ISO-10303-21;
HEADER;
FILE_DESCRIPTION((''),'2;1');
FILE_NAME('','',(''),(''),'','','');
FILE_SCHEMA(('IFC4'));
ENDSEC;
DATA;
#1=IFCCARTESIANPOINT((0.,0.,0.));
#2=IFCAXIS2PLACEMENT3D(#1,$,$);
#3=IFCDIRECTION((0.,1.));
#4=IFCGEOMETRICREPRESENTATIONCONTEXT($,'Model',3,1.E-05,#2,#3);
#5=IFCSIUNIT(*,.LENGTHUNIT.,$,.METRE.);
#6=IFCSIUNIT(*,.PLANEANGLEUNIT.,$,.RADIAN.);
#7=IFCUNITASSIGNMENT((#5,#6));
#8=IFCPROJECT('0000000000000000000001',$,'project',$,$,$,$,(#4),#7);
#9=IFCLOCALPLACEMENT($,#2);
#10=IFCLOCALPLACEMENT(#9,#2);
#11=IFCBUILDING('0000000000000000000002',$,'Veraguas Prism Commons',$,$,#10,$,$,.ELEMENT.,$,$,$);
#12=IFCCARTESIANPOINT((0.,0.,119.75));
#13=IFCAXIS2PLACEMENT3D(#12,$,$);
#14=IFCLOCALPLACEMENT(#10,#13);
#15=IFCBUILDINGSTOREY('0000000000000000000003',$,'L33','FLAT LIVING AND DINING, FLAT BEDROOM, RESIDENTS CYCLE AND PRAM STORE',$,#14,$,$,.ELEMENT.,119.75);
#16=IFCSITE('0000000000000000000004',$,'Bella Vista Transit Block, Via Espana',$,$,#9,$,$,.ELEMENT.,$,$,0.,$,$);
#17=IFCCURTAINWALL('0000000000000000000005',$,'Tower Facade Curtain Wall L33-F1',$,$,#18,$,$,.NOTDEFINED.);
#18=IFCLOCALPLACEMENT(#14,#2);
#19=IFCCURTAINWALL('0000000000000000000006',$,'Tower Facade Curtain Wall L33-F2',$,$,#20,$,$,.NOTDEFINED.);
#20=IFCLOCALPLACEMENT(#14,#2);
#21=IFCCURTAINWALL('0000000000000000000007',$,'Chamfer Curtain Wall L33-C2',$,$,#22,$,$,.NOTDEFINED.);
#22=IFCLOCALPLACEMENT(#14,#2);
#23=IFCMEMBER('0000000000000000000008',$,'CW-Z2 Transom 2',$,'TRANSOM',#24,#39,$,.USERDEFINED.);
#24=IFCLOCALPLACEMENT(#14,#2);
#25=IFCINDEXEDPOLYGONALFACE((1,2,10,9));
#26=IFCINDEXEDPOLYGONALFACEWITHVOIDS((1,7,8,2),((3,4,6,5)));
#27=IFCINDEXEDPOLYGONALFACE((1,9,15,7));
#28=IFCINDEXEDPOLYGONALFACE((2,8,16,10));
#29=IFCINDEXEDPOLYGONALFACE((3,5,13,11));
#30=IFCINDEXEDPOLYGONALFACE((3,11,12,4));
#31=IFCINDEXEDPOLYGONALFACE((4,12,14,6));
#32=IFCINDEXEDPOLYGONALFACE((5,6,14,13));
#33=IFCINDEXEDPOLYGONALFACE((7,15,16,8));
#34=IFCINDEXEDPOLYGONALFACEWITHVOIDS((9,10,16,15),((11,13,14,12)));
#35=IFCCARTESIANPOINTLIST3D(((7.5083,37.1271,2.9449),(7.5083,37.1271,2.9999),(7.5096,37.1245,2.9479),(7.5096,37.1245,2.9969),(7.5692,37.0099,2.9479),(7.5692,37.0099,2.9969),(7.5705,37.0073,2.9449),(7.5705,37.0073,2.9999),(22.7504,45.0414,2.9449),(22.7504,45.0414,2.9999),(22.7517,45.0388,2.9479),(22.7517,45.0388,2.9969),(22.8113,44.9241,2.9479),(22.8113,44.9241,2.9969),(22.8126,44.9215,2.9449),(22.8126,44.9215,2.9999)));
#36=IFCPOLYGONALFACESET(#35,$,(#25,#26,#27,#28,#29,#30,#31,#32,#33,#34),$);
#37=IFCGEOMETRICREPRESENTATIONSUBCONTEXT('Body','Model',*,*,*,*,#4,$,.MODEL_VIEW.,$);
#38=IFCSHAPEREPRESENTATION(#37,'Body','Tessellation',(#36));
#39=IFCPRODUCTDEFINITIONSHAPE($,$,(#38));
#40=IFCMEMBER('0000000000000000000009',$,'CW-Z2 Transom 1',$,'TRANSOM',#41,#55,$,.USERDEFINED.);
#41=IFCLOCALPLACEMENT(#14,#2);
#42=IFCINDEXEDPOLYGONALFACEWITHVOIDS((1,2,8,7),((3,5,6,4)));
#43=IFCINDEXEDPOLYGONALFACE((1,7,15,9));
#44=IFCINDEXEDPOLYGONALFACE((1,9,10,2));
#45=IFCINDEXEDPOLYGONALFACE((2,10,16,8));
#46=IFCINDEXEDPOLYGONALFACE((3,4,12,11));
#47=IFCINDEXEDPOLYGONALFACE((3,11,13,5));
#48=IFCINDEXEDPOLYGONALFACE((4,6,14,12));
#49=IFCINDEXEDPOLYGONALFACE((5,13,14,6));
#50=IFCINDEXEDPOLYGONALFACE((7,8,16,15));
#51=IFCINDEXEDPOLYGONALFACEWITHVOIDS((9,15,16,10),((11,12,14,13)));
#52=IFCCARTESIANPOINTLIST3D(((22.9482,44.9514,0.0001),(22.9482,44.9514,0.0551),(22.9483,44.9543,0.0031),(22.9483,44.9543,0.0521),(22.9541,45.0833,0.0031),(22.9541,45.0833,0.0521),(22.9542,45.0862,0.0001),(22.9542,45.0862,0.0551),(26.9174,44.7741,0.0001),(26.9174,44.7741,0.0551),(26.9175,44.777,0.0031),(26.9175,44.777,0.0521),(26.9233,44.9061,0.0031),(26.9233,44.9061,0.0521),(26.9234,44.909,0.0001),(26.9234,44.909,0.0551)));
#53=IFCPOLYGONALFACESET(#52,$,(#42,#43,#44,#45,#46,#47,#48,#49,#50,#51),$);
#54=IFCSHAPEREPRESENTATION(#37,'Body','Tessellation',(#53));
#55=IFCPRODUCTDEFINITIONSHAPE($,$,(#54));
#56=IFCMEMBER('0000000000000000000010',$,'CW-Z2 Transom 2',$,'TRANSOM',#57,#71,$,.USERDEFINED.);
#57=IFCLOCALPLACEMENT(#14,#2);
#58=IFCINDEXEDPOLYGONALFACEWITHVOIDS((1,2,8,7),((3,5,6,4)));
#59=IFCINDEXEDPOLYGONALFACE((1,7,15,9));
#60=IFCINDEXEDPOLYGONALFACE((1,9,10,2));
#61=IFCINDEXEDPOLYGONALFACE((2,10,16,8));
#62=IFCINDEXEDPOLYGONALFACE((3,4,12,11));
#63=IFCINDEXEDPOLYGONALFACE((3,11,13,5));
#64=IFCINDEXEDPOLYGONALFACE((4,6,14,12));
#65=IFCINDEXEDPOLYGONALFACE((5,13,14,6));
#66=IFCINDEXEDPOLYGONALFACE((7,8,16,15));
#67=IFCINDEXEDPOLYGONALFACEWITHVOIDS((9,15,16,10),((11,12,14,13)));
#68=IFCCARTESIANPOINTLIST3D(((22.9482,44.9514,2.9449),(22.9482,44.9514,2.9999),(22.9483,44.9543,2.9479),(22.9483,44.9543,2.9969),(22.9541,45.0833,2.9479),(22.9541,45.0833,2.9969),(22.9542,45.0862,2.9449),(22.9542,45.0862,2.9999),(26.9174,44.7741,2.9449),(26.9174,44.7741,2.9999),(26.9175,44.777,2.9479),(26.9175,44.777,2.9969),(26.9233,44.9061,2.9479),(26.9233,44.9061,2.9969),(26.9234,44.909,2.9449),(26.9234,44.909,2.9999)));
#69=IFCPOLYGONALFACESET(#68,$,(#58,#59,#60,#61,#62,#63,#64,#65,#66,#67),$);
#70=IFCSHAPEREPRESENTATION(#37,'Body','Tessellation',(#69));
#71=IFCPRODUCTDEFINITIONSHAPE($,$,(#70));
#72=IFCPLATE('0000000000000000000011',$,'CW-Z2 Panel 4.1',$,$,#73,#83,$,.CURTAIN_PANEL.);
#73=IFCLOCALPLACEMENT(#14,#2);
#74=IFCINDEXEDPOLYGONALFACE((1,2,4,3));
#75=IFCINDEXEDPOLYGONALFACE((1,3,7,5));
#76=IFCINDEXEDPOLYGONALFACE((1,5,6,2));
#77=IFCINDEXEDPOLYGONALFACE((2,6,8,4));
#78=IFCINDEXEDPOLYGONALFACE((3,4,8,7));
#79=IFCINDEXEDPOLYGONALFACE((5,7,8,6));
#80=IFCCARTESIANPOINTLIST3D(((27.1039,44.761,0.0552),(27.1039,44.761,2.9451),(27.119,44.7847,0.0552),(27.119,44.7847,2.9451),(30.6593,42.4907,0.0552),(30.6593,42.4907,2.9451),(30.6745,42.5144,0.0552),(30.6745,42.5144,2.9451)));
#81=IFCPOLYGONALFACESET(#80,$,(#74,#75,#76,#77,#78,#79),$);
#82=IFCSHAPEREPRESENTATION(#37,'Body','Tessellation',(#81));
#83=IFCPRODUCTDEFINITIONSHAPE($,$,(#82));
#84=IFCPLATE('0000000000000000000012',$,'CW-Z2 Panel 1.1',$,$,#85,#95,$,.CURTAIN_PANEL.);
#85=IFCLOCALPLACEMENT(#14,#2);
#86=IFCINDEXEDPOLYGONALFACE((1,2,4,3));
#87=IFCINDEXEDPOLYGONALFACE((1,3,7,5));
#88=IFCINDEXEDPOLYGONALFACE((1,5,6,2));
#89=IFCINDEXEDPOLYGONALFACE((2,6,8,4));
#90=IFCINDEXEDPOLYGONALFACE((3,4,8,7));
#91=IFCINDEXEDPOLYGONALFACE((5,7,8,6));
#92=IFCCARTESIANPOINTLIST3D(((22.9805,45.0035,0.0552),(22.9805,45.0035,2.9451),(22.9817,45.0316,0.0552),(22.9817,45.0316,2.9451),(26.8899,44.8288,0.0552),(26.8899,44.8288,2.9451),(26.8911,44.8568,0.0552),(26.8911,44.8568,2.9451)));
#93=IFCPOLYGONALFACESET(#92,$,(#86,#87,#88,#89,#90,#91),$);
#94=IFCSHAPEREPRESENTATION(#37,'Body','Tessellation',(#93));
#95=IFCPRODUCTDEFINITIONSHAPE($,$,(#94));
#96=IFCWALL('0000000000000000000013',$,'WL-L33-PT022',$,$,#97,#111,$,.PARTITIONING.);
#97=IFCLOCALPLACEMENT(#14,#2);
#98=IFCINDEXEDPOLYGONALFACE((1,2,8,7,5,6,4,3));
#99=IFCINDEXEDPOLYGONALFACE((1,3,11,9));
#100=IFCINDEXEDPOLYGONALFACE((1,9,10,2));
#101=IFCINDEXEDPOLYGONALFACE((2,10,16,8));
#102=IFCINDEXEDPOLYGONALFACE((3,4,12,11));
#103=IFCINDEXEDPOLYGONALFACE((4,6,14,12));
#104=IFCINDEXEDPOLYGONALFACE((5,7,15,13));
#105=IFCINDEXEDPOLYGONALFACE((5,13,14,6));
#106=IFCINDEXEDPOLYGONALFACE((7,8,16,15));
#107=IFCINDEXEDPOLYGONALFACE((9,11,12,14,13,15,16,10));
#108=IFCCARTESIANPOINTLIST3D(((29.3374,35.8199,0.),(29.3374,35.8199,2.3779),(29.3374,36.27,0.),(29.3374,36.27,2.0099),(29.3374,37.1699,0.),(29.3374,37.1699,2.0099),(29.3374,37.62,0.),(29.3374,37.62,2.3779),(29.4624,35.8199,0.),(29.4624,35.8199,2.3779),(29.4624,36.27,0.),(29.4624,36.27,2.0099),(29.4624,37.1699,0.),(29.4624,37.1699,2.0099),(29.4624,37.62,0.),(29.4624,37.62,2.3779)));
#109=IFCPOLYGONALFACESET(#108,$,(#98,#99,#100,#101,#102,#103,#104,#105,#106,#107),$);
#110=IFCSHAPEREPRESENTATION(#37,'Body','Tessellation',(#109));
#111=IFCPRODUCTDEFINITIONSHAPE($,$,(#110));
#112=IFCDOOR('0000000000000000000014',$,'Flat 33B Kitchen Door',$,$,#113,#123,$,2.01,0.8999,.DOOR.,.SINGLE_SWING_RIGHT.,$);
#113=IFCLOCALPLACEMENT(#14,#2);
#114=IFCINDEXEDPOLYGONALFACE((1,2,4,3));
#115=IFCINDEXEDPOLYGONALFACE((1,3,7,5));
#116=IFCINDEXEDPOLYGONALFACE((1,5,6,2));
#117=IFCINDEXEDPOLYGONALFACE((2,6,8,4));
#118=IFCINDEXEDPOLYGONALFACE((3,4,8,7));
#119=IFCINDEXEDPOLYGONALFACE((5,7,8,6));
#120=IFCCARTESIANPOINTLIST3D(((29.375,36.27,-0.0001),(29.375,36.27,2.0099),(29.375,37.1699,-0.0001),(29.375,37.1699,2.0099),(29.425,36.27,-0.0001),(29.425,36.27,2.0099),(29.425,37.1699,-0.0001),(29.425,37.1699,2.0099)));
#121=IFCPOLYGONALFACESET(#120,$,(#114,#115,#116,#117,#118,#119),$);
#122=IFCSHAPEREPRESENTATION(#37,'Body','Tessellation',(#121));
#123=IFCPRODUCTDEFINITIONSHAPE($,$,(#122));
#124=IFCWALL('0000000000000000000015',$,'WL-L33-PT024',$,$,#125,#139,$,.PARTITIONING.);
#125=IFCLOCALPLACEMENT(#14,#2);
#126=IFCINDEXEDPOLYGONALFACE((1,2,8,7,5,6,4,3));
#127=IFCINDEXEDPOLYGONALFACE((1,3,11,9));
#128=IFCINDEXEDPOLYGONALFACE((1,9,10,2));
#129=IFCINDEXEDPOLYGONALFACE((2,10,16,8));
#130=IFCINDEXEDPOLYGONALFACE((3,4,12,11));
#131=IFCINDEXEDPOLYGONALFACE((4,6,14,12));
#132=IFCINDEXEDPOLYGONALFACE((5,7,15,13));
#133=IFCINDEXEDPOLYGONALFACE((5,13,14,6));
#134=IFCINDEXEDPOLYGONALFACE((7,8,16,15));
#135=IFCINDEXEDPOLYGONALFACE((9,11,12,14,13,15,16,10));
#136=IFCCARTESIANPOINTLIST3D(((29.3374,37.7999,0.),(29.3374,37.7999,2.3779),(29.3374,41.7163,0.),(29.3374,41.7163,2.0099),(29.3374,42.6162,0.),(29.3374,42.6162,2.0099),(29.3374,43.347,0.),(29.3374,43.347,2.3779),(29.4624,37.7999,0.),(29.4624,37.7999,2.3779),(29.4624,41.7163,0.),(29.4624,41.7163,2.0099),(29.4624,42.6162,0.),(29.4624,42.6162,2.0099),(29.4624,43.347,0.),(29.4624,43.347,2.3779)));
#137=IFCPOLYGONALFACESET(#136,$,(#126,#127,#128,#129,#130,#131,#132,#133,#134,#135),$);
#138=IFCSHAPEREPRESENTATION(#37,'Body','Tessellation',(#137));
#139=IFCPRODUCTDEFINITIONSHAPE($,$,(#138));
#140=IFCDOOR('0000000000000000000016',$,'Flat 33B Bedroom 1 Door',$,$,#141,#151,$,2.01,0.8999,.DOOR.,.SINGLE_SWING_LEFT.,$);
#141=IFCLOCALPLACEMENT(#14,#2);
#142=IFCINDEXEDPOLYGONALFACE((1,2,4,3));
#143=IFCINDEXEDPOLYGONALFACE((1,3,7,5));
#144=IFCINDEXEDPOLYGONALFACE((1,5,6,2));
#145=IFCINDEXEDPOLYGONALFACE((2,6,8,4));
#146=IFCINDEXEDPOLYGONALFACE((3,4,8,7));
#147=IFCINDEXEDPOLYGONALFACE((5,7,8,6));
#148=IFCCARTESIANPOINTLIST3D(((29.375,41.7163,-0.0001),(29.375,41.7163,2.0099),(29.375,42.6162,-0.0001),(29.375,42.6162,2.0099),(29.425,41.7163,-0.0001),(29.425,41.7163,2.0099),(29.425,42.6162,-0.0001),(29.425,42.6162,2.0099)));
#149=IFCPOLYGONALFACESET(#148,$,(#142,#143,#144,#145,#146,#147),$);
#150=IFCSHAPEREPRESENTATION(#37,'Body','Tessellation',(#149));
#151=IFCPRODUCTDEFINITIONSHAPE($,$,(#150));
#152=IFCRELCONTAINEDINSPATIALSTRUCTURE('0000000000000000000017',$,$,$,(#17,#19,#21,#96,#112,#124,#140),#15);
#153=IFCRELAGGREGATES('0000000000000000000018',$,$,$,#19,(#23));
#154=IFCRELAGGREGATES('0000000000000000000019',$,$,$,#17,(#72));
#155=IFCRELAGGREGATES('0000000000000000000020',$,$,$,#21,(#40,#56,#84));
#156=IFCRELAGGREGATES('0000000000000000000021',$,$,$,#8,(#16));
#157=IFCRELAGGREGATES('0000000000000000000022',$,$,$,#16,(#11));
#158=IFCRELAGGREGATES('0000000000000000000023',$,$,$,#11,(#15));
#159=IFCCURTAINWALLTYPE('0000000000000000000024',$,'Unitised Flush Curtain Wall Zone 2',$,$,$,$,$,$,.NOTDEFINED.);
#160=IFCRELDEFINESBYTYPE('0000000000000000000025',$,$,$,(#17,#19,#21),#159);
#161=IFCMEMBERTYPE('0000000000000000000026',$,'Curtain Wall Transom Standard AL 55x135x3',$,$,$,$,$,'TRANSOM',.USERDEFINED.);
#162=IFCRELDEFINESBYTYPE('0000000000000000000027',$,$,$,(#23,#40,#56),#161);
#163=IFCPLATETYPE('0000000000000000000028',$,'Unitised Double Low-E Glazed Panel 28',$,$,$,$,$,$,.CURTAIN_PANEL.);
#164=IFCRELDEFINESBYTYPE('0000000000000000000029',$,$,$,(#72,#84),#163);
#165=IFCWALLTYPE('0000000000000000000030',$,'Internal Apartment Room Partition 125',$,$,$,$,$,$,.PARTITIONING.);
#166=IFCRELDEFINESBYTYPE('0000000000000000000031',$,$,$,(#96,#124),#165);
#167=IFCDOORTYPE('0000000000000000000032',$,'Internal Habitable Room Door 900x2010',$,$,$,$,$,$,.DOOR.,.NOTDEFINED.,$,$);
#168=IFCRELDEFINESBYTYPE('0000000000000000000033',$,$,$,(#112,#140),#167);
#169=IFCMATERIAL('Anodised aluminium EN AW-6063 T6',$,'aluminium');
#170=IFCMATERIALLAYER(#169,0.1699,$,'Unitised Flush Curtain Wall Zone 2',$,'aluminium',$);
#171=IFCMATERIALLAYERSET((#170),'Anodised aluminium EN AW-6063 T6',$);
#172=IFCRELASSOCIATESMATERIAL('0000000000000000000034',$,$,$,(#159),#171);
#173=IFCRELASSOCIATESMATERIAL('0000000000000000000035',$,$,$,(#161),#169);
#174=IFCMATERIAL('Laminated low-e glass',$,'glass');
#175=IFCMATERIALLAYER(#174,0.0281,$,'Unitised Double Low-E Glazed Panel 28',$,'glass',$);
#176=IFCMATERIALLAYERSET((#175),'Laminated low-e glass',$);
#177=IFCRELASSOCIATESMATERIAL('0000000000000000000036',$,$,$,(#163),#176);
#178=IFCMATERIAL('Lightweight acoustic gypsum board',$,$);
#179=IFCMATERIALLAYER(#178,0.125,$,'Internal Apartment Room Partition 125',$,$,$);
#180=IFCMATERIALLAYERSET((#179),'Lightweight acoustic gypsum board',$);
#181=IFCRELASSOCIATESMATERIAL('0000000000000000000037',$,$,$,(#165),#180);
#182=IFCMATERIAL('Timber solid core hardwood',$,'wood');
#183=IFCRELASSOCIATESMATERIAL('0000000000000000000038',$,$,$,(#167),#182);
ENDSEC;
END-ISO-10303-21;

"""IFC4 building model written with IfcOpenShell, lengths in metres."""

from ifc_helpers import new_model, si_unit, direction, frame, frame_2d, origin, origin_2d, place, context, subcontext, project, spatial, rectangle, hollow_rectangle, extrude, source, transform, mapped, material, layer, layer_set, material_profile, profile_set, type_object, element, fill, aggregate, save


model = new_model("IFC4")

# Units and contexts
model_context = context("Model", 3, precision=1e-05, world=origin(), true_north=direction((0.0, 1.0)))
body_context = subcontext(model_context, "Body", "Model", "MODEL_VIEW")
ifc_project = project(units=[si_unit("LENGTHUNIT", "METRE"), si_unit("PLANEANGLEUNIT", "RADIAN")], contexts=[model_context])

# Site, building, storey
site_placement = place(None, origin())
site = spatial("IfcSite", under=ifc_project, at=site_placement, Name="Bella Vista Transit Block, Via Espana", CompositionType="ELEMENT", RefElevation=0.0)
building_placement = place(site_placement, origin())
building = spatial("IfcBuilding", under=site, at=building_placement, Name="Veraguas Prism Commons", CompositionType="ELEMENT")
storey_placement = place(building_placement, frame((0.0, 0.0, 119.75)))
storey = spatial("IfcBuildingStorey", under=building, at=storey_placement, Name="L33", Description="FLAT LIVING AND DINING, FLAT BEDROOM, RESIDENTS CYCLE AND PRAM STORE", CompositionType="ELEMENT", Elevation=119.75)

# Curtain walls
ifc_material_1 = material(Name="Anodised aluminium EN AW-6063 T6", Category="aluminium")
ifc_layer_1 = layer(ifc_material_1, 0.1699, Name="Unitised Flush Curtain Wall Zone 2", Category="aluminium")
ifc_layer_set_1 = layer_set([ifc_layer_1], Name="Anodised aluminium EN AW-6063 T6")
curtain_wall_type = type_object("IfcCurtainWallType", Name="Unitised Flush Curtain Wall Zone 2", PredefinedType="NOTDEFINED", material=ifc_layer_set_1)
curtain_wall_1_placement = place(storey_placement, origin())
curtain_wall_1 = element("IfcCurtainWall", 1, at=curtain_wall_1_placement, inside=storey, type_object=curtain_wall_type, Name="Tower Facade Curtain Wall L33-F1", PredefinedType="NOTDEFINED")
curtain_wall_2_placement = place(storey_placement, origin())
curtain_wall_2 = element("IfcCurtainWall", 2, at=curtain_wall_2_placement, inside=storey, type_object=curtain_wall_type, Name="Tower Facade Curtain Wall L33-F2", PredefinedType="NOTDEFINED")

# Curtain wall
curtain_wall_3_placement = place(storey_placement, origin())
curtain_wall_3 = element("IfcCurtainWall", 3, at=curtain_wall_3_placement, inside=storey, type_object=curtain_wall_type, Name="Chamfer Curtain Wall L33-C2", PredefinedType="NOTDEFINED")

# Members
ifc_material_profile_1 = material_profile(ifc_material_1, hollow_rectangle(XDim=0.0549, YDim=0.135, WallThickness=0.0029, at=origin_2d()), Name="AL55X135X3")
ifc_profile_set_1 = profile_set([ifc_material_profile_1], Name="Anodised aluminium EN AW-6063 T6")
member_type_1 = type_object("IfcMemberType", Name="Curtain Wall Transom Standard AL 55x135x3", ElementType="TRANSOM", PredefinedType="USERDEFINED", material=ifc_profile_set_1)
shared_shape_1 = source(origin(), body_context, "Body", "SweptSolid", [
    extrude(hollow_rectangle(XDim=0.0549, YDim=0.135, WallThickness=0.0029, at=origin_2d()), origin(), (0.0, 0.0, 1.0), 17.1743),
])
member_1_placement = place(storey_placement, frame((22.7815, 44.9814, 2.9724), z_axis=(-0.887494, -0.46082, 0.0), x_axis=(0.0, 0.0, 1.0)))
member_1 = element("IfcMember", 4, at=member_1_placement, type_object=member_type_1, Name="CW-Z2 Transom 2", ObjectType="TRANSOM", PredefinedType="USERDEFINED", context=body_context, shape_type="MappedRepresentation", body=[
    mapped(shared_shape_1, transform((0.0, 0.0, 0.0), scale=1.0)),
])
aggregate(curtain_wall_2, [member_1])
shared_shape_2 = source(origin(), body_context, "Body", "SweptSolid", [
    extrude(hollow_rectangle(XDim=0.0549, YDim=0.135, WallThickness=0.0029, at=origin_2d()), origin(), (0.0, 0.0, 1.0), 3.9731),
])
member_2_placement = place(storey_placement, frame((26.9204, 44.8416, 0.0276), z_axis=(-0.999004, 0.04461, 0.0), x_axis=(0.0, 0.0, 1.0)))
member_2 = element("IfcMember", 5, at=member_2_placement, type_object=member_type_1, Name="CW-Z2 Transom 1", ObjectType="TRANSOM", PredefinedType="USERDEFINED", context=body_context, shape_type="MappedRepresentation", body=[
    mapped(shared_shape_2, transform((0.0, 0.0, 0.0), scale=1.0)),
])
member_3_placement = place(storey_placement, frame((26.9204, 44.8416, 2.9724), z_axis=(-0.999004, 0.04461, 0.0), x_axis=(0.0, 0.0, 1.0)))
member_3 = element("IfcMember", 6, at=member_3_placement, type_object=member_type_1, Name="CW-Z2 Transom 2", ObjectType="TRANSOM", PredefinedType="USERDEFINED", context=body_context, shape_type="MappedRepresentation", body=[
    mapped(shared_shape_2, transform((0.0, 0.0, 0.0), scale=1.0)),
])

# Plates
ifc_material_2 = material(Name="Laminated low-e glass", Category="glass")
ifc_layer_2 = layer(ifc_material_2, 0.0281, Name="Unitised Double Low-E Glazed Panel 28", Category="glass")
ifc_layer_set_2 = layer_set([ifc_layer_2], Name="Laminated low-e glass")
plate_type = type_object("IfcPlateType", Name="Unitised Double Low-E Glazed Panel 28", PredefinedType="CURTAIN_PANEL", material=ifc_layer_set_2)
shared_shape_3 = source(origin(), body_context, "Body", "SweptSolid", [
    extrude(rectangle(XDim=4.2185, YDim=0.0281, at=origin_2d()), origin(), (0.0, 0.0, 1.0), 2.8899),
])
plate_1_placement = place(storey_placement, frame((28.8892, 43.6377, 0.0552), z_axis=(0.0, 0.0, 1.0), x_axis=(-0.842827, 0.538184, 0.0)))
plate_1 = element("IfcPlate", 7, at=plate_1_placement, type_object=plate_type, Name="CW-Z2 Panel 4.1", PredefinedType="CURTAIN_PANEL", context=body_context, shape_type="MappedRepresentation", body=[
    mapped(shared_shape_3, transform((0.0, 0.0, 0.0), scale=1.0)),
])
aggregate(curtain_wall_1, [plate_1])
shared_shape_4 = source(origin(), body_context, "Body", "SweptSolid", [
    extrude(rectangle(XDim=3.9133, YDim=0.0281, at=origin_2d()), origin(), (0.0, 0.0, 1.0), 2.8899),
])
plate_2_placement = place(storey_placement, frame((24.9358, 44.9302, 0.0552), z_axis=(0.0, 0.0, 1.0), x_axis=(-0.999003, 0.044653, 0.0)))
plate_2 = element("IfcPlate", 8, at=plate_2_placement, type_object=plate_type, Name="CW-Z2 Panel 1.1", PredefinedType="CURTAIN_PANEL", context=body_context, shape_type="MappedRepresentation", body=[
    mapped(shared_shape_4, transform((0.0, 0.0, 0.0), scale=1.0)),
])
aggregate(curtain_wall_3, [member_2, member_3, plate_2])

# Walls, openings, doors
ifc_material_3 = material(Name="Lightweight acoustic gypsum board")
ifc_layer_3 = layer(ifc_material_3, 0.125, Name="Internal Apartment Room Partition 125")
ifc_layer_set_3 = layer_set([ifc_layer_3], Name="Lightweight acoustic gypsum board")
wall_type = type_object("IfcWallType", Name="Internal Apartment Room Partition 125", PredefinedType="PARTITIONING", material=ifc_layer_set_3)
wall_1_placement = place(storey_placement, frame((29.3999, 35.8201, 0.0), z_axis=(0.0, 0.0, 1.0), x_axis=(0.0, 1.0, 0.0)))
wall_1 = element("IfcWall", 9, at=wall_1_placement, inside=storey, type_object=wall_type, Name="WL-L33-PT022", PredefinedType="PARTITIONING", context=body_context, shape_type="SweptSolid", body=[
    extrude(rectangle(XDim=1.8, YDim=0.125, at=frame_2d((0.8999, 0.0))), origin(), (0.0, 0.0, 1.0), 2.3779),
])
opening_1_placement = place(wall_1_placement, frame((0.45, 0.0, 0.0)))
opening_1 = element("IfcOpeningElement", 10, at=opening_1_placement, cuts=wall_1, PredefinedType="OPENING", context=body_context, shape_type="SweptSolid", body=[
    extrude(rectangle(XDim=0.8999, YDim=2.01, at=frame_2d((0.45, 1.0049))), frame((0.0, 0.0725, 0.0), z_axis=(0.0, -1.0, 0.0), x_axis=(1.0, 0.0, 0.0)), (0.0, 0.0, 1.0), 0.145),
])
ifc_material_4 = material(Name="Timber solid core hardwood", Category="wood")
door_type = type_object("IfcDoorType", Name="Internal Habitable Room Door 900x2010", OperationType="NOTDEFINED", PredefinedType="DOOR", material=ifc_material_4)
shared_shape_5 = source(origin(), body_context, "Body", "SweptSolid", [
    extrude(rectangle(XDim=0.8999, YDim=2.01, at=frame_2d((0.45, 1.0049))), frame((0.0, 0.0249, 0.0), z_axis=(0.0, -1.0, 0.0), x_axis=(1.0, 0.0, 0.0)), (0.0, 0.0, 1.0), 0.05),
])
door_1_placement = place(opening_1_placement, origin())
door_1 = element("IfcDoor", 11, at=door_1_placement, inside=storey, type_object=door_type, Name="Flat 33B Kitchen Door", OperationType="SINGLE_SWING_RIGHT", OverallHeight=2.01, OverallWidth=0.8999, PredefinedType="DOOR", context=body_context, shape_type="MappedRepresentation", body=[
    mapped(shared_shape_5, transform((0.0, 0.0, 0.0), scale=1.0)),
])
fill(opening_1, door_1)
wall_2_placement = place(storey_placement, frame((29.3999, 37.8, 0.0), z_axis=(0.0, 0.0, 1.0), x_axis=(0.0, 1.0, 0.0)))
wall_2 = element("IfcWall", 12, at=wall_2_placement, inside=storey, type_object=wall_type, Name="WL-L33-PT024", PredefinedType="PARTITIONING", context=body_context, shape_type="SweptSolid", body=[
    extrude(rectangle(XDim=5.5471, YDim=0.125, at=frame_2d((2.7734, 0.0))), origin(), (0.0, 0.0, 1.0), 2.3779),
])
opening_2_placement = place(wall_2_placement, frame((3.9163, 0.0, 0.0)))
opening_2 = element("IfcOpeningElement", 13, at=opening_2_placement, cuts=wall_2, PredefinedType="OPENING", context=body_context, shape_type="SweptSolid", body=[
    extrude(rectangle(XDim=0.8999, YDim=2.01, at=frame_2d((0.45, 1.0049))), frame((0.0, 0.0725, 0.0), z_axis=(0.0, -1.0, 0.0), x_axis=(1.0, 0.0, 0.0)), (0.0, 0.0, 1.0), 0.145),
])
door_2_placement = place(opening_2_placement, origin())
door_2 = element("IfcDoor", 14, at=door_2_placement, inside=storey, type_object=door_type, Name="Flat 33B Bedroom 1 Door", OperationType="SINGLE_SWING_LEFT", OverallHeight=2.01, OverallWidth=0.8999, PredefinedType="DOOR", context=body_context, shape_type="MappedRepresentation", body=[
    mapped(shared_shape_5, transform((0.0, 0.0, 0.0), scale=1.0)),
])
fill(opening_2, door_2)

save(model, "model.ifc")
